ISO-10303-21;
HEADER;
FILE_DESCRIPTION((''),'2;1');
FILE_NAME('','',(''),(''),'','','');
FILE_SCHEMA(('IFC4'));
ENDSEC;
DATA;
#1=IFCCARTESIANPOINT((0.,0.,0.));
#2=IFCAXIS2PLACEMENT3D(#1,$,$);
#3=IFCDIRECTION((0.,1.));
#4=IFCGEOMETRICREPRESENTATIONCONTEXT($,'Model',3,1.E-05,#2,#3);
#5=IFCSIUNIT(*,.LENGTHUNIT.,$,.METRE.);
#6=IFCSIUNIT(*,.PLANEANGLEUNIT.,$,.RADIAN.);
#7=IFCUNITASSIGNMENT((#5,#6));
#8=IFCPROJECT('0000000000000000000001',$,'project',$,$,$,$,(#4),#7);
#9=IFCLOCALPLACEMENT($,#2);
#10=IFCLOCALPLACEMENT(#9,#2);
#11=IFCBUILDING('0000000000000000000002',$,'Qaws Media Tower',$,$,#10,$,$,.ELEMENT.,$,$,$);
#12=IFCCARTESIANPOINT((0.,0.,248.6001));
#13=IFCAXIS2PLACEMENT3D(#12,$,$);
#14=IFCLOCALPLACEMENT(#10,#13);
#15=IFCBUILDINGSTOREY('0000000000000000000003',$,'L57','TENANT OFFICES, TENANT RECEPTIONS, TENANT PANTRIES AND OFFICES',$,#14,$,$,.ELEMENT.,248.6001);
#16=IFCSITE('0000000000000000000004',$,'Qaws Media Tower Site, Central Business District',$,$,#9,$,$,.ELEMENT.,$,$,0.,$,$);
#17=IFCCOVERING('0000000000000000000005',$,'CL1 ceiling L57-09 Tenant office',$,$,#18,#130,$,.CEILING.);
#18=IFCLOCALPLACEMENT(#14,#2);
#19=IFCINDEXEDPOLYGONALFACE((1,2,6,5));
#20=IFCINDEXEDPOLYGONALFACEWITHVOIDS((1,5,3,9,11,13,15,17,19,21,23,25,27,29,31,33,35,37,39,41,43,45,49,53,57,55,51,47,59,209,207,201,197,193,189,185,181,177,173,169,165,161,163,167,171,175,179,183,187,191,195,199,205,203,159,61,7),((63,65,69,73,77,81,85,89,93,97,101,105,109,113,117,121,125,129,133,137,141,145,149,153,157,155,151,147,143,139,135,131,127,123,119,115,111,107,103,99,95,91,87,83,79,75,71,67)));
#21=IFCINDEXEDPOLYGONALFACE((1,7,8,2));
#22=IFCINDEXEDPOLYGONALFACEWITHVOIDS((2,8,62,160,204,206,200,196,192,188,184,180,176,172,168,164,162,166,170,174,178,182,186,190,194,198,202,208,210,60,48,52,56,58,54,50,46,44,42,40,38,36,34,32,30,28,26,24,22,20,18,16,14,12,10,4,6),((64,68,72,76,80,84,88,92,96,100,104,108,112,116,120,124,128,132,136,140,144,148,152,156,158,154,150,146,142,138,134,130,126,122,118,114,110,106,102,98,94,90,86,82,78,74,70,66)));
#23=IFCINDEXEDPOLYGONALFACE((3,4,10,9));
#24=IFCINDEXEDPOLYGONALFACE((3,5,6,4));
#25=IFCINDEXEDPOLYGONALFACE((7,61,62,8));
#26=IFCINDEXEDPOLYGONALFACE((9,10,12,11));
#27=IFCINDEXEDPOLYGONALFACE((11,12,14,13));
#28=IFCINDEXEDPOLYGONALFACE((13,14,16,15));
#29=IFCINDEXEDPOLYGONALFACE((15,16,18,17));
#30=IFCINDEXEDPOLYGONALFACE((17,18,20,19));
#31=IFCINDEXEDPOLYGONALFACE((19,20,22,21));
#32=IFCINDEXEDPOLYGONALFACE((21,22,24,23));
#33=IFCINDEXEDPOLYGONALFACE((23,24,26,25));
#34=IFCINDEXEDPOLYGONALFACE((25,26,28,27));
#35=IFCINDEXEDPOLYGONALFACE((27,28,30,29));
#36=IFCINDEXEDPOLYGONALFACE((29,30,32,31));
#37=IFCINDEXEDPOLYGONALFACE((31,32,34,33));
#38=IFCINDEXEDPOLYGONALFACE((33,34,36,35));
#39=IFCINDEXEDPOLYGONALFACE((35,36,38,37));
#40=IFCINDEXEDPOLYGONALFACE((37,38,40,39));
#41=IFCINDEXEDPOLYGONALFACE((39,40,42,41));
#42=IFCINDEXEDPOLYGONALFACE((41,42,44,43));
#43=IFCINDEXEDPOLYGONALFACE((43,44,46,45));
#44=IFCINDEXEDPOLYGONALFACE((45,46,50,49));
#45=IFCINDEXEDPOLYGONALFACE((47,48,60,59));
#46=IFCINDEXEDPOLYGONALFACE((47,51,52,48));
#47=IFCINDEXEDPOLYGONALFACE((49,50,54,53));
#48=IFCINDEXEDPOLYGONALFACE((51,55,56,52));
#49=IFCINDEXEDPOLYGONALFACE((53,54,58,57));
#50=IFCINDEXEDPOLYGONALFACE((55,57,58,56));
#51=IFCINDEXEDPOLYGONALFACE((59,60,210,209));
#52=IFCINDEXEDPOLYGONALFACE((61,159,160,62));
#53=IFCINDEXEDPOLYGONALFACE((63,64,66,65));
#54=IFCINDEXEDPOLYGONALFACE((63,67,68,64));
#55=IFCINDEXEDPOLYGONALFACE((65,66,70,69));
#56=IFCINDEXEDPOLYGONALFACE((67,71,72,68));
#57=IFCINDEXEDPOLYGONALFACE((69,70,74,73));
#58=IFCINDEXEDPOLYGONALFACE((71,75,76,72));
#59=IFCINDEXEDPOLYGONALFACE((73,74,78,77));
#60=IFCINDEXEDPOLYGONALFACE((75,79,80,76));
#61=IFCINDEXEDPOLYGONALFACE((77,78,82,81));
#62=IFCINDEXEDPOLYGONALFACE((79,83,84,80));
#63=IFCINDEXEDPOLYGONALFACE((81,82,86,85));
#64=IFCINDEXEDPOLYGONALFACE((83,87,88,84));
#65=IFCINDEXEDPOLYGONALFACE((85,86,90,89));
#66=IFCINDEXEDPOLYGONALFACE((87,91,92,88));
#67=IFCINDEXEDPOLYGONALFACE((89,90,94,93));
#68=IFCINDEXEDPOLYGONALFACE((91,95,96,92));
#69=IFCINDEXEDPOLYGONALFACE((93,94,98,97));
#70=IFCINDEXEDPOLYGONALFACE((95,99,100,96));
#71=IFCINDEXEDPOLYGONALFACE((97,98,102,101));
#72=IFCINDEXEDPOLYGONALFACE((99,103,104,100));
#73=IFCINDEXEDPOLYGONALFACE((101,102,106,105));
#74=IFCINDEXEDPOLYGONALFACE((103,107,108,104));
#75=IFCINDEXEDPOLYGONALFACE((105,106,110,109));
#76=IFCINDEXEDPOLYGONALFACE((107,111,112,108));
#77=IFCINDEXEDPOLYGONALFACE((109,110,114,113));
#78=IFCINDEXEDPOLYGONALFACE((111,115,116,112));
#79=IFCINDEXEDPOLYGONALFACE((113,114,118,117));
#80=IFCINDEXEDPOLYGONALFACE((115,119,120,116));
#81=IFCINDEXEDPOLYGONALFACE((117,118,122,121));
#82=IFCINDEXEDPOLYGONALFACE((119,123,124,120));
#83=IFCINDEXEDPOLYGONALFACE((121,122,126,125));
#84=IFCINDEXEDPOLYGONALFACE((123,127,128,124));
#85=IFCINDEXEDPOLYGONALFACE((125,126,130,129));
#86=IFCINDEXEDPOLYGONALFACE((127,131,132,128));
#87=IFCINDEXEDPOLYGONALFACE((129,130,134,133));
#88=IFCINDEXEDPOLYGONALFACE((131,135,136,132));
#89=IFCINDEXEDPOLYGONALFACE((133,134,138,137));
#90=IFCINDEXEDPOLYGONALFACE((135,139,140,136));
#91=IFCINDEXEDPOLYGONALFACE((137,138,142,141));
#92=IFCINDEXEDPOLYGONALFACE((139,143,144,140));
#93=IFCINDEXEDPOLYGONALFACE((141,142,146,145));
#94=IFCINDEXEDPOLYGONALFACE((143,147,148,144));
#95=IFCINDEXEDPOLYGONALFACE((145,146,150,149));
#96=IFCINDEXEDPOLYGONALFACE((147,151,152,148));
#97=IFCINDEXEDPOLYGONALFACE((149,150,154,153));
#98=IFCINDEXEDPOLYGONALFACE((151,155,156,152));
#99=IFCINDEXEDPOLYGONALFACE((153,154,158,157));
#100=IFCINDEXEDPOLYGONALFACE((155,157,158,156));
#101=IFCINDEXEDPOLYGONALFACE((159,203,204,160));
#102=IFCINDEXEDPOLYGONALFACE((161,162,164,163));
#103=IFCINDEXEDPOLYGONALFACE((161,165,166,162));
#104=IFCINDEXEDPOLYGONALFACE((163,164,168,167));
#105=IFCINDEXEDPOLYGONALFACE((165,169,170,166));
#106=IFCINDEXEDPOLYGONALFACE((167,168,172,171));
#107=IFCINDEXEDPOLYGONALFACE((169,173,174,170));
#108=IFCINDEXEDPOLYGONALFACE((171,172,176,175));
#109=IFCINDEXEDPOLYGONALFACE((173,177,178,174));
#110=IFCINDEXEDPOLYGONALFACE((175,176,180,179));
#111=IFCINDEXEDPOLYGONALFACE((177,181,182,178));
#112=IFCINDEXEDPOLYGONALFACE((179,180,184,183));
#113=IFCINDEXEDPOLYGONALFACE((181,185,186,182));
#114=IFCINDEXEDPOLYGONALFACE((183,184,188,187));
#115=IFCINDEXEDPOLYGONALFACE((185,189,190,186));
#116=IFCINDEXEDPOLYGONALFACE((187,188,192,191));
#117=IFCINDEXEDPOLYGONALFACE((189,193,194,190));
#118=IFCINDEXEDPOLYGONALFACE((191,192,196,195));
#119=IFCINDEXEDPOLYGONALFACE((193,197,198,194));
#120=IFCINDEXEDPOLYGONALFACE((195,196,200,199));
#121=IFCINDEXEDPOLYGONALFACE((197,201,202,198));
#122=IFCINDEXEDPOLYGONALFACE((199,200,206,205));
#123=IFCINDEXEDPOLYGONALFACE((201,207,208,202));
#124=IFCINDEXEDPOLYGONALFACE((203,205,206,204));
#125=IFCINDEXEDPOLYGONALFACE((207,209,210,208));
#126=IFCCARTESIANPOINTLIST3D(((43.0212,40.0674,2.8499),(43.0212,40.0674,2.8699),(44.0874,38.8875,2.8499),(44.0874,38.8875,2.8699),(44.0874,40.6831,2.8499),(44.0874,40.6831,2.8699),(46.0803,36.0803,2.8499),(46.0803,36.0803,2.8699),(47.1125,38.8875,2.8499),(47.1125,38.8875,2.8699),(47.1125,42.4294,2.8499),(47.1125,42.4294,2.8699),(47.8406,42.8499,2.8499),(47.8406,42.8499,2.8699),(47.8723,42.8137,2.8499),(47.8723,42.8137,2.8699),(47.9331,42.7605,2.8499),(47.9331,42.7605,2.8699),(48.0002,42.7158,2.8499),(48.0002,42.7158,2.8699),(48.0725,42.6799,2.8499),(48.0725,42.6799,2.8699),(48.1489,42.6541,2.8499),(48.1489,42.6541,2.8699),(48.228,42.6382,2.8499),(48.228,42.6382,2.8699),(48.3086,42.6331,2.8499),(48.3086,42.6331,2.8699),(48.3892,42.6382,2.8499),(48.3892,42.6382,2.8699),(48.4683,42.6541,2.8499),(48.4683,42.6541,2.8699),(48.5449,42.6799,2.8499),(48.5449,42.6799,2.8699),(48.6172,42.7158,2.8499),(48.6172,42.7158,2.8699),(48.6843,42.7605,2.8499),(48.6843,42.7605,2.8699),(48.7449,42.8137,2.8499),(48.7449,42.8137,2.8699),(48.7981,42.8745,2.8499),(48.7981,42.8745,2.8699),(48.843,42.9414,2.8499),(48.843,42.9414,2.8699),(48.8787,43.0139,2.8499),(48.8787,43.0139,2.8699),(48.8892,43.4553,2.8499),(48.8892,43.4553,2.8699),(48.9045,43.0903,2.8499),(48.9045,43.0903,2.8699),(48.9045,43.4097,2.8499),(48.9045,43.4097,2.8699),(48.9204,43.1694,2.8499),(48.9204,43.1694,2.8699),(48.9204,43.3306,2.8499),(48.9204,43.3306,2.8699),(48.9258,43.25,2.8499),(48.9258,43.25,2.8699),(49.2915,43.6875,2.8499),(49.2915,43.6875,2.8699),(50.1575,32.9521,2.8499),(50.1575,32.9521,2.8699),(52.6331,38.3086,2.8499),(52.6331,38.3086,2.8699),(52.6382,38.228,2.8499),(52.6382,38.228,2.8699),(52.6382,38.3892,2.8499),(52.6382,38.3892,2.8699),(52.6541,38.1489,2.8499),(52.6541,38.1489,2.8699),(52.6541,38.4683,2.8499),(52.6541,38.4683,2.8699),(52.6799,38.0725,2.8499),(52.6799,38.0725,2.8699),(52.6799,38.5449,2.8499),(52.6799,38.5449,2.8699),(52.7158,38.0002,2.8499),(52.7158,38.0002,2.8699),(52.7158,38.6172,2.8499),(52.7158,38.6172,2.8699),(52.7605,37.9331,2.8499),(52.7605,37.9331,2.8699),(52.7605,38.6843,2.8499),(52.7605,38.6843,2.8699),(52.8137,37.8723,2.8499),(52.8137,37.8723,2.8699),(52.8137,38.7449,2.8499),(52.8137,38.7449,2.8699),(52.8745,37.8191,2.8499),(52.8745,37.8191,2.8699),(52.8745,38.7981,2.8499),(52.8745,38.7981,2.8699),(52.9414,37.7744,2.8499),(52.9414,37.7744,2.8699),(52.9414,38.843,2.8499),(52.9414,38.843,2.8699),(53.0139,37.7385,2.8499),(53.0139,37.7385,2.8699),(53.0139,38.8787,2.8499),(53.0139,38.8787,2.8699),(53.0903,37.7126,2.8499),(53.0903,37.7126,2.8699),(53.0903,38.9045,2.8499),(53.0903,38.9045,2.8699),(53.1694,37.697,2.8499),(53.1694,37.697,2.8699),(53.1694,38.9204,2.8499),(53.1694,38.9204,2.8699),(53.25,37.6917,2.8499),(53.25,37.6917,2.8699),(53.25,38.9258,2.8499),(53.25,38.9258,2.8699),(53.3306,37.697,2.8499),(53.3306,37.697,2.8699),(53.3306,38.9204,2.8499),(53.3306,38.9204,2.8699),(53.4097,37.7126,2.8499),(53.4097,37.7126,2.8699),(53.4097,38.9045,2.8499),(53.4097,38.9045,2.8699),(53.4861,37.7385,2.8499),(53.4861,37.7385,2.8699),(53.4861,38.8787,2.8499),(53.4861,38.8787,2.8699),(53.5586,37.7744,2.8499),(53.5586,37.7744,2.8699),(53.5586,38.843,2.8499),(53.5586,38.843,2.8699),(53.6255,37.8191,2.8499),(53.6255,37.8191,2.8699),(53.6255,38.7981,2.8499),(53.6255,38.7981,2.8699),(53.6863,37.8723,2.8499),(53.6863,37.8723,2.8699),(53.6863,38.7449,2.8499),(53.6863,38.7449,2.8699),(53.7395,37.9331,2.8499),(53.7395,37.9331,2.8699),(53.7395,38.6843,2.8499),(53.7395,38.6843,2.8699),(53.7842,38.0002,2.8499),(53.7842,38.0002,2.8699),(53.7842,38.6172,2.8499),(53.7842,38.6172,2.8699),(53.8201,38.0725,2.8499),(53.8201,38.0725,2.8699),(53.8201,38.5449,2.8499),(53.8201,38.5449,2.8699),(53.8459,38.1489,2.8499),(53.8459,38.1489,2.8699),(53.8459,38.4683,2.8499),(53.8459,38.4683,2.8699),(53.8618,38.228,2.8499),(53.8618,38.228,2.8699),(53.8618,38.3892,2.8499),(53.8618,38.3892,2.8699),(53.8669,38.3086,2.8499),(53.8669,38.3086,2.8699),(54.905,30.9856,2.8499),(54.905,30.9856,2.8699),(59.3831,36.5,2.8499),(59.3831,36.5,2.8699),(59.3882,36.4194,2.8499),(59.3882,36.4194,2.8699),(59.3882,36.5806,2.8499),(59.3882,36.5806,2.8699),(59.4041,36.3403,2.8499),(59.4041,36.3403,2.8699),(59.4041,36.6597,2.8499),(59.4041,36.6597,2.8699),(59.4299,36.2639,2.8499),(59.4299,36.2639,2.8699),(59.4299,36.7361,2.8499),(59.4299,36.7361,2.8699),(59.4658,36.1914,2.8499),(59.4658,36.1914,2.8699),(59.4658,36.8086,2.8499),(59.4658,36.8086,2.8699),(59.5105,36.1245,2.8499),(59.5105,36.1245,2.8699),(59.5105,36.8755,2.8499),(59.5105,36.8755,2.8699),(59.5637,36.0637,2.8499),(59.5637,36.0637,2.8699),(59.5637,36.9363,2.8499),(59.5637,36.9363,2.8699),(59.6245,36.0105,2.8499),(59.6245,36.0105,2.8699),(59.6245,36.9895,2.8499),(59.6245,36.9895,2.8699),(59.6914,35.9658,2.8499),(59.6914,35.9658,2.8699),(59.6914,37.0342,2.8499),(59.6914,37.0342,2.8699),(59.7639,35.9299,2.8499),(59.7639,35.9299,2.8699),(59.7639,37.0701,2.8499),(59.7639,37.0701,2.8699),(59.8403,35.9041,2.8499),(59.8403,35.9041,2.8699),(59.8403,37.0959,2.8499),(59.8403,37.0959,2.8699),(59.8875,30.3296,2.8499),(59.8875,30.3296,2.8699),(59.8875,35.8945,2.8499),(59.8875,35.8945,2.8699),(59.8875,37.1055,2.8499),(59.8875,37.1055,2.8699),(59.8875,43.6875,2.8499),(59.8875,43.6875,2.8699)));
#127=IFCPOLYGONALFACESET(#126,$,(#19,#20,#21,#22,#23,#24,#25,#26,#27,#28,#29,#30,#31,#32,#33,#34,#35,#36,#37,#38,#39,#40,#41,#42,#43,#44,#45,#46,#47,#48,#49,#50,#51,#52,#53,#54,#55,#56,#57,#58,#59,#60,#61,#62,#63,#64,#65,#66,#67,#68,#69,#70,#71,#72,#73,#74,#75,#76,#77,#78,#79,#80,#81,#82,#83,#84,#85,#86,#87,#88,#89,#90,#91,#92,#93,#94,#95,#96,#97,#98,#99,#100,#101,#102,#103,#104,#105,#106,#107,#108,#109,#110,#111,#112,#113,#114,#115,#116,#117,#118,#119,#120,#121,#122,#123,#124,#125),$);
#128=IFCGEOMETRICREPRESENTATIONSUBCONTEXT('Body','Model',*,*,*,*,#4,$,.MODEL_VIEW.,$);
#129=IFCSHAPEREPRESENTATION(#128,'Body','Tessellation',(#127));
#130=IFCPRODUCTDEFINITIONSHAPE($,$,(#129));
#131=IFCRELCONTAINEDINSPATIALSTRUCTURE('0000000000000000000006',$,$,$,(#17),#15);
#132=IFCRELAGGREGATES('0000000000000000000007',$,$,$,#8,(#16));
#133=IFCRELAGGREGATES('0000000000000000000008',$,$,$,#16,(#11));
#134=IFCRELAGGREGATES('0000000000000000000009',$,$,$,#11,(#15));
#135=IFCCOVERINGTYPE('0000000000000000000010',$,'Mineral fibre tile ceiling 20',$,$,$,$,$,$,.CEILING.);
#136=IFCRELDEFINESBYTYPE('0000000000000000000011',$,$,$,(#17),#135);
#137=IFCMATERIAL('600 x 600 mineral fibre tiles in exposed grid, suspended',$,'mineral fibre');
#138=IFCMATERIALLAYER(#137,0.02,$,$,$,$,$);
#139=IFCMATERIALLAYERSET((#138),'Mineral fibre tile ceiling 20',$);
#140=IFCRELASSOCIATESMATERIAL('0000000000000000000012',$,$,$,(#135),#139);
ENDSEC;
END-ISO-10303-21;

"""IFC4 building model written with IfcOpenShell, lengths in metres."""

from ifc_helpers import new_model, si_unit, direction, frame, origin, place, context, subcontext, project, spatial, polyline, outline, extrude, material, layer, layer_set, type_object, element, save


model = new_model("IFC4")

# Units and contexts
model_context = context("Model", 3, precision=1e-05, world=origin(), true_north=direction((0.0, 1.0)))
body_context = subcontext(model_context, "Body", "Model", "MODEL_VIEW")
ifc_project = project(units=[si_unit("LENGTHUNIT", "METRE"), si_unit("PLANEANGLEUNIT", "RADIAN")], contexts=[model_context])

# Site, building, storey
site_placement = place(None, origin())
site = spatial("IfcSite", under=ifc_project, at=site_placement, Name="Qaws Media Tower Site, Central Business District", CompositionType="ELEMENT", RefElevation=0.0)
building_placement = place(site_placement, origin())
building = spatial("IfcBuilding", under=site, at=building_placement, Name="Qaws Media Tower", CompositionType="ELEMENT")
storey_placement = place(building_placement, frame((0.0, 0.0, 248.6001)))
storey = spatial("IfcBuildingStorey", under=building, at=storey_placement, Name="L57", Description="TENANT OFFICES, TENANT RECEPTIONS, TENANT PANTRIES AND OFFICES", CompositionType="ELEMENT", Elevation=248.6001)

# Covering
ifc_material_1 = material(Name="600 x 600 mineral fibre tiles in exposed grid, suspended", Category="mineral fibre")
ifc_layer_1 = layer(ifc_material_1, 0.02)
ifc_layer_set_1 = layer_set([ifc_layer_1], Name="Mineral fibre tile ceiling 20")
covering_type_1 = type_object("IfcCoveringType", Name="Mineral fibre tile ceiling 20", PredefinedType="CEILING", material=ifc_layer_set_1)
covering_1_placement = place(storey_placement, frame((0.0, 0.0, 2.8499)))
element("IfcCovering", 1, at=covering_1_placement, inside=storey, type_object=covering_type_1, Name="CL1 ceiling L57-09 Tenant office", PredefinedType="CEILING", context=body_context, shape_type="SweptSolid", body=[
    extrude(outline(polyline([(54.905, 30.9856), (50.1575, 32.9521), (46.0803, 36.0803), (43.0212, 40.0674), (44.0874, 40.6831), (44.0874, 38.8875), (47.1125, 38.8875), (47.1125, 42.4294), (47.8406, 42.8499), (47.8723, 42.8137), (47.9331, 42.7605), (48.0002, 42.7158), (48.0725, 42.6799), (48.1489, 42.6541), (48.228, 42.6382), (48.3086, 42.6331), (48.3892, 42.6382), (48.4683, 42.6541), (48.5449, 42.6799), (48.6172, 42.7158), (48.6843, 42.7605), (48.7449, 42.8137), (48.7981, 42.8745), (48.843, 42.9414), (48.8787, 43.0139), (48.9045, 43.0903), (48.9204, 43.1694), (48.9258, 43.25), (48.9204, 43.3306), (48.9045, 43.4097), (48.8892, 43.4553), (49.2915, 43.6875), (59.8875, 43.6875), (59.8875, 37.1055), (59.8403, 37.0959), (59.7639, 37.0701), (59.6914, 37.0342), (59.6245, 36.9895), (59.5637, 36.9363), (59.5105, 36.8755), (59.4658, 36.8086), (59.4299, 36.7361), (59.4041, 36.6597), (59.3882, 36.5806), (59.3831, 36.5), (59.3882, 36.4194), (59.4041, 36.3403), (59.4299, 36.2639), (59.4658, 36.1914), (59.5105, 36.1245), (59.5637, 36.0637), (59.6245, 36.0105), (59.6914, 35.9658), (59.7639, 35.9299), (59.8403, 35.9041), (59.8875, 35.8945), (59.8875, 30.3296), (54.905, 30.9856)]), holes=[polyline([(53.8459, 38.1489), (53.8618, 38.228), (53.8669, 38.3086), (53.8618, 38.3892), (53.8459, 38.4683), (53.8201, 38.5449), (53.7842, 38.6172), (53.7395, 38.6843), (53.6863, 38.7449), (53.6255, 38.7981), (53.5586, 38.843), (53.4861, 38.8787), (53.4097, 38.9045), (53.3306, 38.9204), (53.25, 38.9258), (53.1694, 38.9204), (53.0903, 38.9045), (53.0139, 38.8787), (52.9414, 38.843), (52.8745, 38.7981), (52.8137, 38.7449), (52.7605, 38.6843), (52.7158, 38.6172), (52.6799, 38.5449), (52.6541, 38.4683), (52.6382, 38.3892), (52.6331, 38.3086), (52.6382, 38.228), (52.6541, 38.1489), (52.6799, 38.0725), (52.7158, 38.0002), (52.7605, 37.9331), (52.8137, 37.8723), (52.8745, 37.8191), (52.9414, 37.7744), (53.0139, 37.7385), (53.0903, 37.7126), (53.1694, 37.697), (53.25, 37.6917), (53.3306, 37.697), (53.4097, 37.7126), (53.4861, 37.7385), (53.5586, 37.7744), (53.6255, 37.8191), (53.6863, 37.8723), (53.7395, 37.9331), (53.7842, 38.0002), (53.8201, 38.0725), (53.8459, 38.1489)])]), origin(), (0.0, 0.0, 1.0), 0.02),
])

save(model, "model.ifc")
